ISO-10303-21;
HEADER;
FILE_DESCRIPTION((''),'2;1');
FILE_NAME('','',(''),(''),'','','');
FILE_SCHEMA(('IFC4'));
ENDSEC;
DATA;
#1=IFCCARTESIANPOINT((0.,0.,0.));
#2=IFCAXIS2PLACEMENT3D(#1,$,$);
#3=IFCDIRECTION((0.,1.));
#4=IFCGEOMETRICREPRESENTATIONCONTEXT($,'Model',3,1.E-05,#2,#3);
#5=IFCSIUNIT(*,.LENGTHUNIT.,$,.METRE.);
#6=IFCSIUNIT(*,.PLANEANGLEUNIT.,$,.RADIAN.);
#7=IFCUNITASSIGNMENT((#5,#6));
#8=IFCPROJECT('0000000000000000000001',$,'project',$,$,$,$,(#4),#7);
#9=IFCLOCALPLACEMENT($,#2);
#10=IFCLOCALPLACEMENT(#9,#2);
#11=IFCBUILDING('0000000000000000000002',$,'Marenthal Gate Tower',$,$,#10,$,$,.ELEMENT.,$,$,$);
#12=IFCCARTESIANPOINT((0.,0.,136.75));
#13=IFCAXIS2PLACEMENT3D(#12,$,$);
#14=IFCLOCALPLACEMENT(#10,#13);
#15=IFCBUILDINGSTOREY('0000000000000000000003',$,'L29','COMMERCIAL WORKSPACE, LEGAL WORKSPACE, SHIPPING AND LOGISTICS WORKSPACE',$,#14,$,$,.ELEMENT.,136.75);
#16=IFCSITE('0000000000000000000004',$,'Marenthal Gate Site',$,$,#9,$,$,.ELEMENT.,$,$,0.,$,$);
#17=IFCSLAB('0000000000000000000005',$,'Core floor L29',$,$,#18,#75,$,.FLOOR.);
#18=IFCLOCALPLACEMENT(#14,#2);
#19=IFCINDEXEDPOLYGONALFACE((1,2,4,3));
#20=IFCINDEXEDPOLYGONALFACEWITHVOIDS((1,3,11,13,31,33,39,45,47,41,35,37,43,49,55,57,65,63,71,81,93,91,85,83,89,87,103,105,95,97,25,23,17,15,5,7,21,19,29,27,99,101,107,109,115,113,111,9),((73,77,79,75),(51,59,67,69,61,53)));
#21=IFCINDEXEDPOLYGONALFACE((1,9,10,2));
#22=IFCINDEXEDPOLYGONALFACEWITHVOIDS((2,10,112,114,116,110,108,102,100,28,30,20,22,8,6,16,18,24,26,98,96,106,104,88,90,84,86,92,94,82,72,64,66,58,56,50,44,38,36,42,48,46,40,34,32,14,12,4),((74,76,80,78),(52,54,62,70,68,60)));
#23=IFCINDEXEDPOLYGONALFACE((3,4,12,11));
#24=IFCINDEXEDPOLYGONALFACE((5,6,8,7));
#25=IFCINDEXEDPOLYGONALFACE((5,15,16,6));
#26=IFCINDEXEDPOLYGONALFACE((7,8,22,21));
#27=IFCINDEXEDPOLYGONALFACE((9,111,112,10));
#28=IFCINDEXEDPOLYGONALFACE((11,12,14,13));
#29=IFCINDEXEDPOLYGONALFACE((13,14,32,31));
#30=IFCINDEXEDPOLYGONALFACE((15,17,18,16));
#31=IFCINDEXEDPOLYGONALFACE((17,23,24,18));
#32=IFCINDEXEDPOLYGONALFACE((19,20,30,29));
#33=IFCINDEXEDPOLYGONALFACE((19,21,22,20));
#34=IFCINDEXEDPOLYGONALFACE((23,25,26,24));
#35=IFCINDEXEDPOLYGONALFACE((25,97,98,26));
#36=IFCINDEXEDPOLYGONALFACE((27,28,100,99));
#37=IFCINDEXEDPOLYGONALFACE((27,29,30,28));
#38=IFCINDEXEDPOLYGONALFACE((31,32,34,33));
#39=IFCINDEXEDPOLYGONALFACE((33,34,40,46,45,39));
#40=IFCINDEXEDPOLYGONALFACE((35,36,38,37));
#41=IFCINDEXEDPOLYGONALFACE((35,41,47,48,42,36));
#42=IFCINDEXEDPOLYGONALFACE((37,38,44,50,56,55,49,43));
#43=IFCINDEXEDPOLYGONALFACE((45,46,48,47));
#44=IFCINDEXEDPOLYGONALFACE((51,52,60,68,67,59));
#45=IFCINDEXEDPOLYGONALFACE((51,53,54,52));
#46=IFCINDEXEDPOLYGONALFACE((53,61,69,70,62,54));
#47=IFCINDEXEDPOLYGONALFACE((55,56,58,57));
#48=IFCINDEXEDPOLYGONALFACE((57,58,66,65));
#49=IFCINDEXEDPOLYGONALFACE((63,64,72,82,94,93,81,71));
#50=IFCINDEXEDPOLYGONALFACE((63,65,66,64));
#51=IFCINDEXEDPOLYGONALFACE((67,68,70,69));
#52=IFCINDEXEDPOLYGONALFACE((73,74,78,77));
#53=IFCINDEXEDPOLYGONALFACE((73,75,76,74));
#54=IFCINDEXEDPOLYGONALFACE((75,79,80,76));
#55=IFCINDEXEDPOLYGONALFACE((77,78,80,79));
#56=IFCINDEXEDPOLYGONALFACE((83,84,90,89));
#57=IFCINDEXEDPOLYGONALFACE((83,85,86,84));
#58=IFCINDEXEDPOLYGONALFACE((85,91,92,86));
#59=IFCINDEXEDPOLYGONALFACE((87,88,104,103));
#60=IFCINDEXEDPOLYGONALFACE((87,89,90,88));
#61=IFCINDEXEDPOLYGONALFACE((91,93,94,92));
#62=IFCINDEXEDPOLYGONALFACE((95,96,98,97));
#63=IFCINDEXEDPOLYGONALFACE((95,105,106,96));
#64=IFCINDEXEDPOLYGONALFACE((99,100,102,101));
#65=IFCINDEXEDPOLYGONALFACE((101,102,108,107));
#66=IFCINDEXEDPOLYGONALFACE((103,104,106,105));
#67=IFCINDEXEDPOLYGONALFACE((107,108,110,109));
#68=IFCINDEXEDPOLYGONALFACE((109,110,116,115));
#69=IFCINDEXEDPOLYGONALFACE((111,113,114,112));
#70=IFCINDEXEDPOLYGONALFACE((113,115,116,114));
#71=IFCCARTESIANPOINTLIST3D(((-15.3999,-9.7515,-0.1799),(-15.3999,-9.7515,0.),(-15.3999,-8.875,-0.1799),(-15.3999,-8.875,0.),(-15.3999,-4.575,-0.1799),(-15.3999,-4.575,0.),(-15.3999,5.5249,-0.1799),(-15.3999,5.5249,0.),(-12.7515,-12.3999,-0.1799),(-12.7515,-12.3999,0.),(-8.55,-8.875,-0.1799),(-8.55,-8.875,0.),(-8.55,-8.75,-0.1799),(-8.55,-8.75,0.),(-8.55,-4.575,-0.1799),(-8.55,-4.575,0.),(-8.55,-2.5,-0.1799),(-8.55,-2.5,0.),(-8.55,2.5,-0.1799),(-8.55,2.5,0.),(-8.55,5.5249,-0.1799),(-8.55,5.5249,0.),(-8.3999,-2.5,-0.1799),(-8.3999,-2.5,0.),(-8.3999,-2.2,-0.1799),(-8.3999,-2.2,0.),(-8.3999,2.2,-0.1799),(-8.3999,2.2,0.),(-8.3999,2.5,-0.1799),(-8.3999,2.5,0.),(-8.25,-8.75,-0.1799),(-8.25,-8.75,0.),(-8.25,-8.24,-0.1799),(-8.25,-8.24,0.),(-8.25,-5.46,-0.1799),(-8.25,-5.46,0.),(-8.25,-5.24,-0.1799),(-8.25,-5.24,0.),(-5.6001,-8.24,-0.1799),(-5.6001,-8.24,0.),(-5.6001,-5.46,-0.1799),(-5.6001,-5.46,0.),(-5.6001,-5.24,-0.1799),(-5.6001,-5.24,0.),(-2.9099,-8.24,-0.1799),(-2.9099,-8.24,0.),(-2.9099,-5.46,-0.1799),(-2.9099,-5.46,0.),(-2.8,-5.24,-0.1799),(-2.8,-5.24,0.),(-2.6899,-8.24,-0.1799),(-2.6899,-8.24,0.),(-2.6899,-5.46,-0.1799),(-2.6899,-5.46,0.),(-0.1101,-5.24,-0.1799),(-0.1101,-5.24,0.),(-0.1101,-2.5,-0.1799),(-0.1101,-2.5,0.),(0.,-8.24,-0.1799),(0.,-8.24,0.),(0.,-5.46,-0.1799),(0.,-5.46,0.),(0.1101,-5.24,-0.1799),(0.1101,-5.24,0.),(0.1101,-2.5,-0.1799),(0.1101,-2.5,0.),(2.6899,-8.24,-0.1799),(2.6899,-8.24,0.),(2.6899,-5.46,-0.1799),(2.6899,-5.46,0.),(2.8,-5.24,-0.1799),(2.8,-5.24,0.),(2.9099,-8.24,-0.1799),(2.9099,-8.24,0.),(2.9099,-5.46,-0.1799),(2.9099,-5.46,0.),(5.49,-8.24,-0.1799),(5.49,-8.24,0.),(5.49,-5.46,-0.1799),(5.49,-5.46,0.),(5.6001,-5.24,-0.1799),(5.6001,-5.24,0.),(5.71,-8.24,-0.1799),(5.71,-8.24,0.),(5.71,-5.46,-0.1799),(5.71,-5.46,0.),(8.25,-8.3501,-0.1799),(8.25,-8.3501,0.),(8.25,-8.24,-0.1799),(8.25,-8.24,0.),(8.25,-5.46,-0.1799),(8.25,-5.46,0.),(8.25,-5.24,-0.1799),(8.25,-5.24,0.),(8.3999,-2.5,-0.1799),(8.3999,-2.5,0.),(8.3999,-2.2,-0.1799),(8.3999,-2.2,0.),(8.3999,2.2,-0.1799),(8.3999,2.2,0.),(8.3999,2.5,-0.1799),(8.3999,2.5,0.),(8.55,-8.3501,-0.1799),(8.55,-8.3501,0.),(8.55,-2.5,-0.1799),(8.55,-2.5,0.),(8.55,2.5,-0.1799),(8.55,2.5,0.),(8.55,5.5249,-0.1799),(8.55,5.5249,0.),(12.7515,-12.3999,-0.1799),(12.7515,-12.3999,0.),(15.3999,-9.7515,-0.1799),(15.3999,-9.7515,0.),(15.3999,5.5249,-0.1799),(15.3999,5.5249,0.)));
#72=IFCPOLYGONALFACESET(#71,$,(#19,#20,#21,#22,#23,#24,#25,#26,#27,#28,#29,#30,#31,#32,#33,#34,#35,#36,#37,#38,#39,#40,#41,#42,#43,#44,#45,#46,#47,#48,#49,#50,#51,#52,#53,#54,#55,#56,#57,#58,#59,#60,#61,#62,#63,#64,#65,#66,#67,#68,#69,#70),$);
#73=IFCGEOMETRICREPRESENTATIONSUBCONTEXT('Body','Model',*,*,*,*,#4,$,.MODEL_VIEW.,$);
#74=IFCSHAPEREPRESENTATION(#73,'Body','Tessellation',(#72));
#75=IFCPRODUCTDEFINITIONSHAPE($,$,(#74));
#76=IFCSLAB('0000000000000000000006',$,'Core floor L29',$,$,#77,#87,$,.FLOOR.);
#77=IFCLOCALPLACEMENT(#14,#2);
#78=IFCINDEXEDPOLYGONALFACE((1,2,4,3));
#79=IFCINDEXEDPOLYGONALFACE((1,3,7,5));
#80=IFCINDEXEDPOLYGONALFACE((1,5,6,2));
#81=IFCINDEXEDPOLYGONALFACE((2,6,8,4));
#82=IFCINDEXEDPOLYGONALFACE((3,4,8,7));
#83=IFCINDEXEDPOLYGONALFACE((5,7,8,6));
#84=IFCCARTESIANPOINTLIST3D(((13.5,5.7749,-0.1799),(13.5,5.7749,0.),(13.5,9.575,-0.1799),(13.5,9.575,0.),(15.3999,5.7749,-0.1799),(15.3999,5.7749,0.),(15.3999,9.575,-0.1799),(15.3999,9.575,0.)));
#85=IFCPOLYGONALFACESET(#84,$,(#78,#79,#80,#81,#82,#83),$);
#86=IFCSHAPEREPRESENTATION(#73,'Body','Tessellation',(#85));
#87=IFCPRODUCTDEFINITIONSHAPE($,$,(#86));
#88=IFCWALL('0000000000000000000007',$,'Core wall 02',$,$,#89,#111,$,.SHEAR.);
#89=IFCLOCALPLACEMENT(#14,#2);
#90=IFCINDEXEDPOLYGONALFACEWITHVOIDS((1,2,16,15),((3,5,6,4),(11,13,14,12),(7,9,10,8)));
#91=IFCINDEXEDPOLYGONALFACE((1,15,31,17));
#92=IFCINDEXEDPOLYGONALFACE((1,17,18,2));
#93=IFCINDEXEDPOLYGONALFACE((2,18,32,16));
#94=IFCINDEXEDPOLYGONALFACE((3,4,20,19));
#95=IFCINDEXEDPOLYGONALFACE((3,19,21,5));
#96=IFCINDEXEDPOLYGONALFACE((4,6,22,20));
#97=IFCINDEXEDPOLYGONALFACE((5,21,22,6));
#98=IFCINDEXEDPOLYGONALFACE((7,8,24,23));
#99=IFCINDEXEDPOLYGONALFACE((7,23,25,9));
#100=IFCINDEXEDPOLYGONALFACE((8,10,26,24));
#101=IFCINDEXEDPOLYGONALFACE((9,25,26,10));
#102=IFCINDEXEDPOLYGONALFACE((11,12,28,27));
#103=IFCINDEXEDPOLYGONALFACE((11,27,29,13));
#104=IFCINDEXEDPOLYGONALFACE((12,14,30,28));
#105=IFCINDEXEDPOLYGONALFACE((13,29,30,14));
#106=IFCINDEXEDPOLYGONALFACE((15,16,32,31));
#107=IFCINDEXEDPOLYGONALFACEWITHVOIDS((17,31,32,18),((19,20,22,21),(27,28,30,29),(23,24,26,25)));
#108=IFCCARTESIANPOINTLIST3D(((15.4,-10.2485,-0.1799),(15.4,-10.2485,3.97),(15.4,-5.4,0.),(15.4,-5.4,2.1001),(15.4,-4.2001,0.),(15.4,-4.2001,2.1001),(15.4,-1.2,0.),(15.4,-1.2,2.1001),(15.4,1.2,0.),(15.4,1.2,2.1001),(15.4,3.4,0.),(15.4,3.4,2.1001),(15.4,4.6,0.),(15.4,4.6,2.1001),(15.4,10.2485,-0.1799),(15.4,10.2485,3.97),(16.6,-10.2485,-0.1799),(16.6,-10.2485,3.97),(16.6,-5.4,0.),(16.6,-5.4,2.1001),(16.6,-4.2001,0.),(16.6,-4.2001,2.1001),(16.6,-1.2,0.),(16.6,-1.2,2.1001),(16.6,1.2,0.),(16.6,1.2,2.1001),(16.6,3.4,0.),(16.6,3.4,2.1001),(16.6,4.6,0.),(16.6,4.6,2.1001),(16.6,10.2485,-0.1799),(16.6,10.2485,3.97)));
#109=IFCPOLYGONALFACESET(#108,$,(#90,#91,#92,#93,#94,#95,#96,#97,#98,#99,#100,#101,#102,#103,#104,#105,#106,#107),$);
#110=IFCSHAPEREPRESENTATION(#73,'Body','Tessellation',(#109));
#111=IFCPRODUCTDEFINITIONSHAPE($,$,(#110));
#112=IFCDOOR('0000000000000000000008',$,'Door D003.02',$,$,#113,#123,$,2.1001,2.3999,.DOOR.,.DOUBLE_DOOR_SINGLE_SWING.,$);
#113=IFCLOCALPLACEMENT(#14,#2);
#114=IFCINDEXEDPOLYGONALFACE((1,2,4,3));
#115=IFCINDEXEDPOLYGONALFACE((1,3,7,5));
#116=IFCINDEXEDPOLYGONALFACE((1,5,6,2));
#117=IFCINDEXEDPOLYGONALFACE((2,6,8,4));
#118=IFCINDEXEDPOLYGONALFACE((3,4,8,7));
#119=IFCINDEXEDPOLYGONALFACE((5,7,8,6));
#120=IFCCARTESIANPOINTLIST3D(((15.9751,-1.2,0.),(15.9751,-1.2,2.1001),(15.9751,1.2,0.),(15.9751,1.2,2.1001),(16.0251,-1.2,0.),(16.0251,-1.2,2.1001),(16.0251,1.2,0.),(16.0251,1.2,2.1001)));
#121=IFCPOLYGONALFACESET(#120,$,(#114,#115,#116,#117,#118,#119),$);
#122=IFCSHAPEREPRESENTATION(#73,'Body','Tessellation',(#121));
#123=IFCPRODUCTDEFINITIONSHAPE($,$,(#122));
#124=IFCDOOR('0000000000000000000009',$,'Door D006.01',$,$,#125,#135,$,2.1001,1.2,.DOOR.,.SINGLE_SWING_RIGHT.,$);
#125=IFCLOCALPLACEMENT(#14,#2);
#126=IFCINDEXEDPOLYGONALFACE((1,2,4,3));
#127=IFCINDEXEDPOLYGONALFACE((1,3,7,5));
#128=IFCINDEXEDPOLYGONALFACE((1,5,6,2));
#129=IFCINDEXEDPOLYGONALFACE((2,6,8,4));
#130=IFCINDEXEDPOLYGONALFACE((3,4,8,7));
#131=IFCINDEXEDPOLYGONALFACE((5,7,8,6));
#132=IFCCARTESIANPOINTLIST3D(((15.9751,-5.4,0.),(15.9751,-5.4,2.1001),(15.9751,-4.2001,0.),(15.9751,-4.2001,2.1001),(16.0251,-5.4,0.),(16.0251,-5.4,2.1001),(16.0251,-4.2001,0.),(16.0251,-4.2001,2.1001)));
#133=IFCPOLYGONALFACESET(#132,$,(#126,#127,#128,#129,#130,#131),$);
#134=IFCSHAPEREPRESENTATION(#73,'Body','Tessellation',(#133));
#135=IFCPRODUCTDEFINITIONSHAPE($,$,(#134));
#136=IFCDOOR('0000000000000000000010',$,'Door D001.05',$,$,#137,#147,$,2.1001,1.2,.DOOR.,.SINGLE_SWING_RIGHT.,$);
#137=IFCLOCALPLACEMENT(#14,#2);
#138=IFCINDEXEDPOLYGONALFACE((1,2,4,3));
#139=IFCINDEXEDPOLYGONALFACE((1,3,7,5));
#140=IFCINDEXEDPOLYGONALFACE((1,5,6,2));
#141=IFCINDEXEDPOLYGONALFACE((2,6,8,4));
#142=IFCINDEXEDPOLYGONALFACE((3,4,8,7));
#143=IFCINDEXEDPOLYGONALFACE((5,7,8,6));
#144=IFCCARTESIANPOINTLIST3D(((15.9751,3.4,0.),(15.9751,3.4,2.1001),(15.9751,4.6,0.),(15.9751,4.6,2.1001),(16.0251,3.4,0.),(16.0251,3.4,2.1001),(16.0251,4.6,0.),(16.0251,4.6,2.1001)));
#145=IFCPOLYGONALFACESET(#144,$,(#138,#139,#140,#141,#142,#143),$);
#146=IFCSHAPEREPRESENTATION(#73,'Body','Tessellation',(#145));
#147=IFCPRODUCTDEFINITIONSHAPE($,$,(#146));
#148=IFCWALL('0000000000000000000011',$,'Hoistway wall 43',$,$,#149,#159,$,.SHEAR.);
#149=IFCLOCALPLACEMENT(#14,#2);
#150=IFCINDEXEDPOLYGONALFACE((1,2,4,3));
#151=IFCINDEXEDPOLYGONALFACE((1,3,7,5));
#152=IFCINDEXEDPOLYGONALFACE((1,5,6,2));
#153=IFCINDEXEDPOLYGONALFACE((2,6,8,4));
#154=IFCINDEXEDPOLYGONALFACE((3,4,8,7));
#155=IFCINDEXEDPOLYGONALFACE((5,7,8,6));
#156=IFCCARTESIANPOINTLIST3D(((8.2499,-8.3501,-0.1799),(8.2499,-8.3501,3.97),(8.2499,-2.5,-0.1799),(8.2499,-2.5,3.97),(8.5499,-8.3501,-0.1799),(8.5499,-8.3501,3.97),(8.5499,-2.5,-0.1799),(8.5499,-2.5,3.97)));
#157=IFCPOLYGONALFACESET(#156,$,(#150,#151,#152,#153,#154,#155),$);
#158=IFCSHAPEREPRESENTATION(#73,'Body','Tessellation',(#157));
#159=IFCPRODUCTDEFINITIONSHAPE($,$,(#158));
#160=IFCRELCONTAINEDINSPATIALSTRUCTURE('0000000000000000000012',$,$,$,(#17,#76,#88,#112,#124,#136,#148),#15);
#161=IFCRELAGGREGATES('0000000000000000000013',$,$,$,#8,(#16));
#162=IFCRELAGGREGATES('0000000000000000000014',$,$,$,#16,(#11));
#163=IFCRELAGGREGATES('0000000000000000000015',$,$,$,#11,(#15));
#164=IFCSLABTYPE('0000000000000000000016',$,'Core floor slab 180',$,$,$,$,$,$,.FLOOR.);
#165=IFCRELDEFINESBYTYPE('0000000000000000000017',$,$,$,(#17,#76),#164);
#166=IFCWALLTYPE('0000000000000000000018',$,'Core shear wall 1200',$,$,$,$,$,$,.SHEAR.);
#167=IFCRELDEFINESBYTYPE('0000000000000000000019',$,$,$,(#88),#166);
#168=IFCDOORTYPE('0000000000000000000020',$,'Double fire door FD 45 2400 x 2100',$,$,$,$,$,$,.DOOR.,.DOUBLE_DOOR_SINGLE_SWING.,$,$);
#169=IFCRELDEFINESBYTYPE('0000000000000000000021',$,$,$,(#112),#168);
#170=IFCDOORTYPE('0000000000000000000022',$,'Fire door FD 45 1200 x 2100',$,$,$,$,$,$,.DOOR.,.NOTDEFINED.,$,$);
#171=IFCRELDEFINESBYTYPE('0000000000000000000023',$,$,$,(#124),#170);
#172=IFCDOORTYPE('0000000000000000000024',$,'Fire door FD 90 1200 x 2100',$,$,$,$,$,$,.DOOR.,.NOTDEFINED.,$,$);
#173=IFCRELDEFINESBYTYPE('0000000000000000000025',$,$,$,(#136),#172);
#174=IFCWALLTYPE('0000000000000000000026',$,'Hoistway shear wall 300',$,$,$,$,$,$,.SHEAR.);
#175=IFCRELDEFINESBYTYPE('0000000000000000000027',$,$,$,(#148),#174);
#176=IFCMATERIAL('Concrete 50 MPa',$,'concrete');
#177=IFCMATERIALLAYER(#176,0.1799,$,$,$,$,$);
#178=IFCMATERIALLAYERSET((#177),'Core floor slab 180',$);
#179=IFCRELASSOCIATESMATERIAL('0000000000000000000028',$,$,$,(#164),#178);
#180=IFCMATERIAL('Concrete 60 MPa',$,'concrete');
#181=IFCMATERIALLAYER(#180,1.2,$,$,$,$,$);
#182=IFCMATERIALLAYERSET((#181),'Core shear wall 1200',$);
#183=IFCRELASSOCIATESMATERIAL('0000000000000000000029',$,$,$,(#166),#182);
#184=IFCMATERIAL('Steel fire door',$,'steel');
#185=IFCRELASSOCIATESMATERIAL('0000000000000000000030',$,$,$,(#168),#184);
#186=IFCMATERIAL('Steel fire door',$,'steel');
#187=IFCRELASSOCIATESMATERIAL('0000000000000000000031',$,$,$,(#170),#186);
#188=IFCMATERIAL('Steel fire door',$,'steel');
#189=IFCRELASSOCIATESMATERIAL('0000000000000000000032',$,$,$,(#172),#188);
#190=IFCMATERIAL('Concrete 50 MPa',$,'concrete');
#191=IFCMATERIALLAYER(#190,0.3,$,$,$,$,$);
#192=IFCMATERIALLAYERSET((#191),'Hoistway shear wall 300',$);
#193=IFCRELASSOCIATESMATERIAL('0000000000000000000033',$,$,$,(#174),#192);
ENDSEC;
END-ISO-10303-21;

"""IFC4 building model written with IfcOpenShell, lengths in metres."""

from ifc_helpers import new_model, si_unit, direction, frame, frame_2d, origin, place, context, subcontext, project, spatial, polyline, rectangle, outline, extrude, material, layer, layer_set, type_object, element, fill, save


model = new_model("IFC4")

# Units and contexts
model_context = context("Model", 3, precision=1e-05, world=origin(), true_north=direction((0.0, 1.0)))
body_context = subcontext(model_context, "Body", "Model", "MODEL_VIEW")
ifc_project = project(units=[si_unit("LENGTHUNIT", "METRE"), si_unit("PLANEANGLEUNIT", "RADIAN")], contexts=[model_context])

# Site, building, storey
site_placement = place(None, origin())
site = spatial("IfcSite", under=ifc_project, at=site_placement, Name="Marenthal Gate Site", CompositionType="ELEMENT", RefElevation=0.0)
building_placement = place(site_placement, origin())
building = spatial("IfcBuilding", under=site, at=building_placement, Name="Marenthal Gate Tower", CompositionType="ELEMENT")
storey_placement = place(building_placement, frame((0.0, 0.0, 136.75)))
storey = spatial("IfcBuildingStorey", under=building, at=storey_placement, Name="L29", Description="COMMERCIAL WORKSPACE, LEGAL WORKSPACE, SHIPPING AND LOGISTICS WORKSPACE", CompositionType="ELEMENT", Elevation=136.75)

# Slabs
ifc_material_1 = material(Name="Concrete 50 MPa", Category="concrete")
ifc_layer_1 = layer(ifc_material_1, 0.1799)
ifc_layer_set_1 = layer_set([ifc_layer_1], Name="Core floor slab 180")
slab_type_1 = type_object("IfcSlabType", Name="Core floor slab 180", PredefinedType="FLOOR", material=ifc_layer_set_1)
slab_1_placement = place(storey_placement, frame((0.0, 0.0, -0.1799)))
element("IfcSlab", 1, at=slab_1_placement, inside=storey, type_object=slab_type_1, Name="Core floor L29", PredefinedType="FLOOR", context=body_context, shape_type="SweptSolid", body=[
    extrude(outline(polyline([(15.3999, -9.7515), (12.7515, -12.3999), (-12.7515, -12.3999), (-15.3999, -9.7515), (-15.3999, -8.875), (-8.55, -8.875), (-8.55, -8.75), (-8.25, -8.75), (-8.25, -8.24), (-5.6001, -8.24), (-2.9099, -8.24), (-2.9099, -5.46), (-5.6001, -5.46), (-8.25, -5.46), (-8.25, -5.24), (-5.6001, -5.24), (-2.8, -5.24), (-0.1101, -5.24), (-0.1101, -2.5), (0.1101, -2.5), (0.1101, -5.24), (2.8, -5.24), (5.6001, -5.24), (8.25, -5.24), (8.25, -5.46), (5.71, -5.46), (5.71, -8.24), (8.25, -8.24), (8.25, -8.3501), (8.55, -8.3501), (8.55, -2.5), (8.3999, -2.5), (8.3999, -2.2), (-8.3999, -2.2), (-8.3999, -2.5), (-8.55, -2.5), (-8.55, -4.575), (-15.3999, -4.575), (-15.3999, 5.5249), (-8.55, 5.5249), (-8.55, 2.5), (-8.3999, 2.5), (-8.3999, 2.2), (8.3999, 2.2), (8.3999, 2.5), (8.55, 2.5), (8.55, 5.5249), (15.3999, 5.5249), (15.3999, -9.7515)]), holes=[polyline([(2.6899, -5.46), (0.0, -5.46), (-2.6899, -5.46), (-2.6899, -8.24), (0.0, -8.24), (2.6899, -8.24), (2.6899, -5.46)]), polyline([(5.49, -5.46), (2.9099, -5.46), (2.9099, -8.24), (5.49, -8.24), (5.49, -5.46)])]), origin(), (0.0, 0.0, 1.0), 0.1799),
])
slab_2_placement = place(storey_placement, frame((0.0, 0.0, -0.1799)))
element("IfcSlab", 2, at=slab_2_placement, inside=storey, type_object=slab_type_1, Name="Core floor L29", PredefinedType="FLOOR", context=body_context, shape_type="SweptSolid", body=[
    extrude(outline(polyline([(15.3999, 5.7749), (13.5, 5.7749), (13.5, 9.575), (15.3999, 9.575), (15.3999, 5.7749)])), origin(), (0.0, 0.0, 1.0), 0.1799),
])

# Wall, openings, doors
ifc_material_2 = material(Name="Concrete 60 MPa", Category="concrete")
ifc_layer_2 = layer(ifc_material_2, 1.2)
ifc_layer_set_2 = layer_set([ifc_layer_2], Name="Core shear wall 1200")
wall_type_1 = type_object("IfcWallType", Name="Core shear wall 1200", PredefinedType="SHEAR", material=ifc_layer_set_2)
wall_1_placement = place(storey_placement, frame((16.0, -10.2485, -0.1799), z_axis=(0.0, 0.0, 1.0), x_axis=(0.0, 1.0, 0.0)))
wall_1 = element("IfcWall", 3, at=wall_1_placement, inside=storey, type_object=wall_type_1, Name="Core wall 02", PredefinedType="SHEAR", context=body_context, shape_type="SweptSolid", body=[
    extrude(rectangle(XDim=20.4971, YDim=1.2, at=frame_2d((10.2485, 0.0))), origin(), (0.0, 0.0, 1.0), 4.1499),
])
opening_1_placement = place(wall_1_placement, frame((9.0486, 0.0, 0.1799)))
opening_1 = element("IfcOpeningElement", 4, at=opening_1_placement, cuts=wall_1, PredefinedType="OPENING", context=body_context, shape_type="SweptSolid", body=[
    extrude(rectangle(XDim=2.3999, YDim=2.1001, at=frame_2d((1.2, 1.05))), frame((0.0, 0.6099, 0.0), z_axis=(0.0, -1.0, 0.0), x_axis=(1.0, 0.0, 0.0)), (0.0, 0.0, 1.0), 1.22),
])
opening_2_placement = place(wall_1_placement, frame((13.6484, 0.0, 0.1799)))
opening_2 = element("IfcOpeningElement", 5, at=opening_2_placement, cuts=wall_1, PredefinedType="OPENING", context=body_context, shape_type="SweptSolid", body=[
    extrude(rectangle(XDim=1.2, YDim=2.1001, at=frame_2d((0.6001, 1.05))), frame((0.0, 0.6099, 0.0), z_axis=(0.0, -1.0, 0.0), x_axis=(1.0, 0.0, 0.0)), (0.0, 0.0, 1.0), 1.22),
])
opening_3_placement = place(wall_1_placement, frame((4.8484, 0.0, 0.1799)))
opening_3 = element("IfcOpeningElement", 6, at=opening_3_placement, cuts=wall_1, PredefinedType="OPENING", context=body_context, shape_type="SweptSolid", body=[
    extrude(rectangle(XDim=1.2, YDim=2.1001, at=frame_2d((0.6001, 1.05))), frame((0.0, 0.6099, 0.0), z_axis=(0.0, -1.0, 0.0), x_axis=(1.0, 0.0, 0.0)), (0.0, 0.0, 1.0), 1.22),
])
ifc_material_3 = material(Name="Steel fire door", Category="steel")
door_type_1 = type_object("IfcDoorType", Name="Double fire door FD 45 2400 x 2100", OperationType="DOUBLE_DOOR_SINGLE_SWING", PredefinedType="DOOR", material=ifc_material_3)
door_1_placement = place(opening_1_placement, origin())
door_1 = element("IfcDoor", 7, at=door_1_placement, inside=storey, type_object=door_type_1, Name="Door D003.02", OperationType="DOUBLE_DOOR_SINGLE_SWING", OverallHeight=2.1001, OverallWidth=2.3999, PredefinedType="DOOR", context=body_context, shape_type="SweptSolid", body=[
    extrude(rectangle(XDim=2.3999, YDim=2.1001, at=frame_2d((1.2, 1.05))), frame((0.0, 0.0249, 0.0), z_axis=(0.0, -1.0, 0.0), x_axis=(1.0, 0.0, 0.0)), (0.0, 0.0, 1.0), 0.05),
])
fill(opening_1, door_1)
ifc_material_4 = material(Name="Steel fire door", Category="steel")
door_type_2 = type_object("IfcDoorType", Name="Fire door FD 45 1200 x 2100", OperationType="NOTDEFINED", PredefinedType="DOOR", material=ifc_material_4)
door_2_placement = place(opening_3_placement, origin())
door_2 = element("IfcDoor", 8, at=door_2_placement, inside=storey, type_object=door_type_2, Name="Door D006.01", OperationType="SINGLE_SWING_RIGHT", OverallHeight=2.1001, OverallWidth=1.2, PredefinedType="DOOR", context=body_context, shape_type="SweptSolid", body=[
    extrude(rectangle(XDim=1.2, YDim=2.1001, at=frame_2d((0.6001, 1.05))), frame((0.0, 0.0249, 0.0), z_axis=(0.0, -1.0, 0.0), x_axis=(1.0, 0.0, 0.0)), (0.0, 0.0, 1.0), 0.05),
])
fill(opening_3, door_2)
ifc_material_5 = material(Name="Steel fire door", Category="steel")
door_type_3 = type_object("IfcDoorType", Name="Fire door FD 90 1200 x 2100", OperationType="NOTDEFINED", PredefinedType="DOOR", material=ifc_material_5)
door_3_placement = place(opening_2_placement, origin())
door_3 = element("IfcDoor", 9, at=door_3_placement, inside=storey, type_object=door_type_3, Name="Door D001.05", OperationType="SINGLE_SWING_RIGHT", OverallHeight=2.1001, OverallWidth=1.2, PredefinedType="DOOR", context=body_context, shape_type="SweptSolid", body=[
    extrude(rectangle(XDim=1.2, YDim=2.1001, at=frame_2d((0.6001, 1.05))), frame((0.0, 0.0249, 0.0), z_axis=(0.0, -1.0, 0.0), x_axis=(1.0, 0.0, 0.0)), (0.0, 0.0, 1.0), 0.05),
])
fill(opening_2, door_3)

# Wall
ifc_material_6 = material(Name="Concrete 50 MPa", Category="concrete")
ifc_layer_3 = layer(ifc_material_6, 0.3)
ifc_layer_set_3 = layer_set([ifc_layer_3], Name="Hoistway shear wall 300")
wall_type_2 = type_object("IfcWallType", Name="Hoistway shear wall 300", PredefinedType="SHEAR", material=ifc_layer_set_3)
wall_2_placement = place(storey_placement, frame((8.3999, -8.3501, -0.1799), z_axis=(0.0, 0.0, 1.0), x_axis=(0.0, 1.0, 0.0)))
element("IfcWall", 10, at=wall_2_placement, inside=storey, type_object=wall_type_2, Name="Hoistway wall 43", PredefinedType="SHEAR", context=body_context, shape_type="SweptSolid", body=[
    extrude(rectangle(XDim=5.8501, YDim=0.3, at=frame_2d((2.925, 0.0))), origin(), (0.0, 0.0, 1.0), 4.1499),
])

save(model, "model.ifc")
